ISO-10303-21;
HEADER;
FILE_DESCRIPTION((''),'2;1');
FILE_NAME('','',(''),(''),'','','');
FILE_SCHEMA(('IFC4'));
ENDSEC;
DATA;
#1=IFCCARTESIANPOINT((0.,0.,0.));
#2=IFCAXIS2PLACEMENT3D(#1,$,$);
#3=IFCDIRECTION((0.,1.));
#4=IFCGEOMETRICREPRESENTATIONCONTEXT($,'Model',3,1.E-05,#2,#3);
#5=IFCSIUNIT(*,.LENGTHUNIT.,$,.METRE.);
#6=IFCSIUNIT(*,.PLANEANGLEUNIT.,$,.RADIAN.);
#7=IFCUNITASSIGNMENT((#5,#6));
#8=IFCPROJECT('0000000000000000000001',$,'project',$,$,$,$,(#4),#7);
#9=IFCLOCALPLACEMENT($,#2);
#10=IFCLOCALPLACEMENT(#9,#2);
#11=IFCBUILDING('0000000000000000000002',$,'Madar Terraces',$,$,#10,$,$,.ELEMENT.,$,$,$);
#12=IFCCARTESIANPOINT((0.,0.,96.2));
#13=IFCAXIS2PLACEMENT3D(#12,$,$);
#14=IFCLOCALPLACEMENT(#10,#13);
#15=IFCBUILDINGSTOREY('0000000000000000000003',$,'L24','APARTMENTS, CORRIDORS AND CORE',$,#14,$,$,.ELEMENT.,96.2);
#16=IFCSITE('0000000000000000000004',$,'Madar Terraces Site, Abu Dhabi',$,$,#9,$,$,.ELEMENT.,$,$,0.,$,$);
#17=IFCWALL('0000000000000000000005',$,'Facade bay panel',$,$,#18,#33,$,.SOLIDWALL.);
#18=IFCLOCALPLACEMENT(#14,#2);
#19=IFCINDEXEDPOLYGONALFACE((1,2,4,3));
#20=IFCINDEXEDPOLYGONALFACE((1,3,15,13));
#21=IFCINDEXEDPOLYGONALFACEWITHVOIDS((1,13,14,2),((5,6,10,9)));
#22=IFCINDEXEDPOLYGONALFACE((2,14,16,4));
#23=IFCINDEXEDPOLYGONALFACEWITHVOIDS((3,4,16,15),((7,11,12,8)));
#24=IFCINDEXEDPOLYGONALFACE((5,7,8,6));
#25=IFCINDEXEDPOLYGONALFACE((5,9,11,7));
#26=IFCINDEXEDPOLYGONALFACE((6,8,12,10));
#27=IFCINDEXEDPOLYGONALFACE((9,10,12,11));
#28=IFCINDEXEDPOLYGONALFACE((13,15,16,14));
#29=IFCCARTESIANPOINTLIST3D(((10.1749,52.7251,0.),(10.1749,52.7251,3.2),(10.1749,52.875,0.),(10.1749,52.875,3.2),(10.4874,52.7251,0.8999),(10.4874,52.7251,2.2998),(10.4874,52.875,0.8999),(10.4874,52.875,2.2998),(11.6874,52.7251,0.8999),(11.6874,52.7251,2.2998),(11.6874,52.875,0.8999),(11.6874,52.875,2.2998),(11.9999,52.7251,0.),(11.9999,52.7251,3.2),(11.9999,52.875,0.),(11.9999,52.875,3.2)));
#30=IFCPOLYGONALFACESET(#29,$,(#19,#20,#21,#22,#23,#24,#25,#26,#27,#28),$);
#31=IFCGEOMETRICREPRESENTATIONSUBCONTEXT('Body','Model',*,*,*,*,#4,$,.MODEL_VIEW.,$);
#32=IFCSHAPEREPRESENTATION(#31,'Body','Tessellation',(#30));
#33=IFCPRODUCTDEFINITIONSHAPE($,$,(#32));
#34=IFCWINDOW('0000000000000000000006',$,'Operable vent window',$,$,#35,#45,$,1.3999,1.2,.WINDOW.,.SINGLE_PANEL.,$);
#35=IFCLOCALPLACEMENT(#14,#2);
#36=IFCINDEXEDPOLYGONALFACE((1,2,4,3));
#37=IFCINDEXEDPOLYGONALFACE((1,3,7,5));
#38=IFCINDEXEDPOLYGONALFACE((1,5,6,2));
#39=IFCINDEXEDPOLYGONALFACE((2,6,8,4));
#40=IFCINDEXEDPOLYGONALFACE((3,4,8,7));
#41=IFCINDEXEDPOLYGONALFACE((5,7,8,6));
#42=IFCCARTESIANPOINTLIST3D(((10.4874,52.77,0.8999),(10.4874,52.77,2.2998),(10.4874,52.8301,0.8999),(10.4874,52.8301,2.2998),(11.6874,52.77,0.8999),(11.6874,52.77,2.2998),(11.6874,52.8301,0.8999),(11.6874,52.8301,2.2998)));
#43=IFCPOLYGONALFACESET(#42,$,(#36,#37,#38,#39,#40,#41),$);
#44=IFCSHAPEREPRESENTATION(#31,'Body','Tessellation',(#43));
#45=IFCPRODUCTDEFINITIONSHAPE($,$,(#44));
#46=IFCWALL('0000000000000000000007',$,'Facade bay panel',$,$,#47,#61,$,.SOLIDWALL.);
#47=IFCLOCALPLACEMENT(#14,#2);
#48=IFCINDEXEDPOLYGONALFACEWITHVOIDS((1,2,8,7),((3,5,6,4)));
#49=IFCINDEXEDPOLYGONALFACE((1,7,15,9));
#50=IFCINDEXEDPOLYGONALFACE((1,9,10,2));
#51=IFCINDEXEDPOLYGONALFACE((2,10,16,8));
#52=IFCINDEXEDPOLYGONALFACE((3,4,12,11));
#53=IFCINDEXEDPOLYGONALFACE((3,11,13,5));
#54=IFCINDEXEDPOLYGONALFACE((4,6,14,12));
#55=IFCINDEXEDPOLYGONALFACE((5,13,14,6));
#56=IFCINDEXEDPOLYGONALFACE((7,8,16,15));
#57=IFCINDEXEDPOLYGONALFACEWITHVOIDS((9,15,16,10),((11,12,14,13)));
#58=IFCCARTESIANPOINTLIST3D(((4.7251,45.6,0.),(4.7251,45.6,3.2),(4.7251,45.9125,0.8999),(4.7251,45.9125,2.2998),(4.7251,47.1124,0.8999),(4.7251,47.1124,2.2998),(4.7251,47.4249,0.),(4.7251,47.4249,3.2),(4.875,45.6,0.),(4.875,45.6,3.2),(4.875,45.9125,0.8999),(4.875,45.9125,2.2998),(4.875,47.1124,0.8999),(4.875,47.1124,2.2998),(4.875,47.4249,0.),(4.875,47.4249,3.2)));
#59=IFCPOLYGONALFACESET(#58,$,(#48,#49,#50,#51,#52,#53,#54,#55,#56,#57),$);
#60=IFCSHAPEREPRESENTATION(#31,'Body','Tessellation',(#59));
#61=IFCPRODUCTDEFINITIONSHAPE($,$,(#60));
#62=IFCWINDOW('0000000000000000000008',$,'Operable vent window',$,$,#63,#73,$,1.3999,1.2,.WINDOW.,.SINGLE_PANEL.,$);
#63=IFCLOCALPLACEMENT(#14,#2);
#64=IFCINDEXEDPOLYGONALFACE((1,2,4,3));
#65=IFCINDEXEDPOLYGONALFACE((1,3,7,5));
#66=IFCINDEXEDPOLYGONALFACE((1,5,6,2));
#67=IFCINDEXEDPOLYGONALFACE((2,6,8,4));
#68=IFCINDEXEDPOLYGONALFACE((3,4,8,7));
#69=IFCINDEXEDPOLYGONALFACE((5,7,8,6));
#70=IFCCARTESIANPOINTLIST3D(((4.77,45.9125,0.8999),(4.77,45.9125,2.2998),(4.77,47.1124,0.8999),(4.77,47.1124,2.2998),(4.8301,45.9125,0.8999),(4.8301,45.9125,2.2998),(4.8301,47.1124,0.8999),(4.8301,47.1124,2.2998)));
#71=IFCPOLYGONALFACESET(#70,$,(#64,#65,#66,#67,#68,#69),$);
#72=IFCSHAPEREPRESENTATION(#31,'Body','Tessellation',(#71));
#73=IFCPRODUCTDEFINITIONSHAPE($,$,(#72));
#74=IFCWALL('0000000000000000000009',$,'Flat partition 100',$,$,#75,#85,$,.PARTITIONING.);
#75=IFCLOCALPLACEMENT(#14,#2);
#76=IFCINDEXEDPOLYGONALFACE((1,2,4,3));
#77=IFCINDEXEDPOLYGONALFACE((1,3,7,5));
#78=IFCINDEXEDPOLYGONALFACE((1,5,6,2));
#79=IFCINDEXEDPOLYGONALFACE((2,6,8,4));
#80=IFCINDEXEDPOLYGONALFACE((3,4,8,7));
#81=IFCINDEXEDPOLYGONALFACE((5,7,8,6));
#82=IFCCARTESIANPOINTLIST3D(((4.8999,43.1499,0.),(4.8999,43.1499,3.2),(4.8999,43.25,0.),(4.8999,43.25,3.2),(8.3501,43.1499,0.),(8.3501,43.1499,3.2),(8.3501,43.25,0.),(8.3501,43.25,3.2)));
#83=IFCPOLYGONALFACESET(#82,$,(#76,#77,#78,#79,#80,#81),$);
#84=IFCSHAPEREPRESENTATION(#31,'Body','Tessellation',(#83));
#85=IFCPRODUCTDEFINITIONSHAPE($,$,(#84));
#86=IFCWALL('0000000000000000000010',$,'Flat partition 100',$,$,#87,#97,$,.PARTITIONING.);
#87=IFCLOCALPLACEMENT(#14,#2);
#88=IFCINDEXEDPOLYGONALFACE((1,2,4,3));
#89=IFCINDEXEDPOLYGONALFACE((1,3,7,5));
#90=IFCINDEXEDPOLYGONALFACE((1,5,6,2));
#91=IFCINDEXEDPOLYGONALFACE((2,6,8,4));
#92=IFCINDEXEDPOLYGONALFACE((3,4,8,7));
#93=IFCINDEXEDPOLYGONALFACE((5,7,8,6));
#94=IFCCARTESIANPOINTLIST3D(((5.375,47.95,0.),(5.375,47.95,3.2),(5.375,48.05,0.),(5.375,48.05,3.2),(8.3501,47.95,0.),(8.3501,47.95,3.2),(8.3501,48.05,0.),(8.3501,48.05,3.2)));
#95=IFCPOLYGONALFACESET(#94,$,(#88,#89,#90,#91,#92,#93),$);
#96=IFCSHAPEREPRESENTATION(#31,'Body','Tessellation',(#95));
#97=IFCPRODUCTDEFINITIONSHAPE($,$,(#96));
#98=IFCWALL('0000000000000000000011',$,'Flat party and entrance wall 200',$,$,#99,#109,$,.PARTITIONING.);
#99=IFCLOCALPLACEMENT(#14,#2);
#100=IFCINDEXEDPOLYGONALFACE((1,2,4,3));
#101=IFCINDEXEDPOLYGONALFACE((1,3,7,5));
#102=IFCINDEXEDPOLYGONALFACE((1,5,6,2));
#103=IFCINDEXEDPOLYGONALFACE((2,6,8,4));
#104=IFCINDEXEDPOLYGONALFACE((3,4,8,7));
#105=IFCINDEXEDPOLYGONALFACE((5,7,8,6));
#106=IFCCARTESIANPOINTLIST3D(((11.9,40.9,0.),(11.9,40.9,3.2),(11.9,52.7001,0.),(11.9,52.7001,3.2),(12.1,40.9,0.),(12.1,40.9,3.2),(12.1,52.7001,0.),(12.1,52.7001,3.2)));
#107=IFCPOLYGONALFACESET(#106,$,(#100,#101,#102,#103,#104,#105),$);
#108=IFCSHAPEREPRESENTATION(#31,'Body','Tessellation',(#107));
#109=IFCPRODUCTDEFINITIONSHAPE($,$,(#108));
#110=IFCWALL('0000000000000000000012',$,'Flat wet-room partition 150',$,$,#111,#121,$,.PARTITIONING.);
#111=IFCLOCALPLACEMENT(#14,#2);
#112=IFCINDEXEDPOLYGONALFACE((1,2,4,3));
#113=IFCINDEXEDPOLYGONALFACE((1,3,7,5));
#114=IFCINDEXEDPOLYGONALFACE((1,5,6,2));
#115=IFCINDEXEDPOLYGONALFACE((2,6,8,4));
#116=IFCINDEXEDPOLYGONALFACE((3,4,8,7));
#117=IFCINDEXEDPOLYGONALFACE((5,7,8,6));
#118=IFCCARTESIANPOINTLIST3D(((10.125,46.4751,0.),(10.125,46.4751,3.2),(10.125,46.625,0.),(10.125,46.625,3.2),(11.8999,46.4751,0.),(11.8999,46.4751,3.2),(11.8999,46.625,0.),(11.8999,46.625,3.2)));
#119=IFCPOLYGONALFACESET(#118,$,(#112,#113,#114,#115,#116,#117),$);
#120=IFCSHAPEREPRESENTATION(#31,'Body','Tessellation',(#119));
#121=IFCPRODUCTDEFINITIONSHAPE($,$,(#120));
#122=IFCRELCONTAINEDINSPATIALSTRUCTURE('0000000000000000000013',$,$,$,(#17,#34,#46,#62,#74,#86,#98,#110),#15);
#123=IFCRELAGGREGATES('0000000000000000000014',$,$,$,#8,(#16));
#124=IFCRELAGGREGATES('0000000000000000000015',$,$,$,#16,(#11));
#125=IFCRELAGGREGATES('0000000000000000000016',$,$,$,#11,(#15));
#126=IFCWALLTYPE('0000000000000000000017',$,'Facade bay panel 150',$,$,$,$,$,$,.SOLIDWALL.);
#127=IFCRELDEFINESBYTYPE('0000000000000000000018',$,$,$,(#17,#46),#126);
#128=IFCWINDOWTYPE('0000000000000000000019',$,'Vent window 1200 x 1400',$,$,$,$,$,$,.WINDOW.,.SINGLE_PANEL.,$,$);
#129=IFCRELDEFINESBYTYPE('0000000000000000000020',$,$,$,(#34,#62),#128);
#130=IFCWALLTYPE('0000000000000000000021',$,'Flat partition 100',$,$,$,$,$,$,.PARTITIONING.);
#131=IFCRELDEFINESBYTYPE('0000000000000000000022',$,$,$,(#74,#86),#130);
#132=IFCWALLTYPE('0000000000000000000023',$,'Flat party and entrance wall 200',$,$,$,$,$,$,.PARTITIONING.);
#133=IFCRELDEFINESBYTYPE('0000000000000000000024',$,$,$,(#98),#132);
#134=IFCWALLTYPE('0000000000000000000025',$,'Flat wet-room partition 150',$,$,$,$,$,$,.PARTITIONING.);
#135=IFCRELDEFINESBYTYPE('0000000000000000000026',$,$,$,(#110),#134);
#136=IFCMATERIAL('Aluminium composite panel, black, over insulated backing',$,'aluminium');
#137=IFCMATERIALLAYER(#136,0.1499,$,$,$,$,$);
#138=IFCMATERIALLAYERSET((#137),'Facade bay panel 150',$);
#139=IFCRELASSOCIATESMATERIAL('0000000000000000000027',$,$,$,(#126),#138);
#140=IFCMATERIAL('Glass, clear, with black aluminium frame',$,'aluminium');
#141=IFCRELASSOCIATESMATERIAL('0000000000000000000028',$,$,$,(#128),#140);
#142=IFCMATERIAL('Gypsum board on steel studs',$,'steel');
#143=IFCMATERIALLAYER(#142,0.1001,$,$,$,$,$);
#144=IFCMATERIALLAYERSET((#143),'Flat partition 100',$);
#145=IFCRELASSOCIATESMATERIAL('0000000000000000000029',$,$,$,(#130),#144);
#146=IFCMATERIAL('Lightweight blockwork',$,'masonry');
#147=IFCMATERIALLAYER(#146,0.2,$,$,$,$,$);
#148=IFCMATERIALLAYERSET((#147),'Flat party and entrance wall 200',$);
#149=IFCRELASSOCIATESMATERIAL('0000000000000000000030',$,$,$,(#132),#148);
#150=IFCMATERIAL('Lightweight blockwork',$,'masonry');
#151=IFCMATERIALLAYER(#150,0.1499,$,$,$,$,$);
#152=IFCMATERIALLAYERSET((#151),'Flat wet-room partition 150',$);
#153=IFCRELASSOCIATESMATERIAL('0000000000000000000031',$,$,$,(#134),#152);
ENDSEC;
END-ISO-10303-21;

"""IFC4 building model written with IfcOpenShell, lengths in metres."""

from ifc_helpers import new_model, si_unit, direction, frame, frame_2d, origin, place, context, subcontext, project, spatial, rectangle, extrude, material, layer, layer_set, type_object, element, fill, save


model = new_model("IFC4")

# Units and contexts
model_context = context("Model", 3, precision=1e-05, world=origin(), true_north=direction((0.0, 1.0)))
body_context = subcontext(model_context, "Body", "Model", "MODEL_VIEW")
ifc_project = project(units=[si_unit("LENGTHUNIT", "METRE"), si_unit("PLANEANGLEUNIT", "RADIAN")], contexts=[model_context])

# Site, building, storey
site_placement = place(None, origin())
site = spatial("IfcSite", under=ifc_project, at=site_placement, Name="Madar Terraces Site, Abu Dhabi", CompositionType="ELEMENT", RefElevation=0.0)
building_placement = place(site_placement, origin())
building = spatial("IfcBuilding", under=site, at=building_placement, Name="Madar Terraces", CompositionType="ELEMENT")
storey_placement = place(building_placement, frame((0.0, 0.0, 96.2)))
storey = spatial("IfcBuildingStorey", under=building, at=storey_placement, Name="L24", Description="APARTMENTS, CORRIDORS AND CORE", CompositionType="ELEMENT", Elevation=96.2)

# Walls, openings, windows
ifc_material_1 = material(Name="Aluminium composite panel, black, over insulated backing", Category="aluminium")
ifc_layer_1 = layer(ifc_material_1, 0.1499)
ifc_layer_set_1 = layer_set([ifc_layer_1], Name="Facade bay panel 150")
wall_type_1 = type_object("IfcWallType", Name="Facade bay panel 150", PredefinedType="SOLIDWALL", material=ifc_layer_set_1)
wall_1_placement = place(storey_placement, frame((12.0, 52.8, 0.0), z_axis=(0.0, 0.0, 1.0), x_axis=(-1.0, 0.0, 0.0)))
wall_1 = element("IfcWall", 1, at=wall_1_placement, inside=storey, type_object=wall_type_1, Name="Facade bay panel", PredefinedType="SOLIDWALL", context=body_context, shape_type="SweptSolid", body=[
    extrude(rectangle(XDim=1.825, YDim=0.1499, at=frame_2d((0.9126, 0.0))), origin(), (0.0, 0.0, 1.0), 3.2),
])
opening_1_placement = place(wall_1_placement, frame((0.3125, 0.0, 0.8999)))
opening_1 = element("IfcOpeningElement", 2, at=opening_1_placement, cuts=wall_1, PredefinedType="OPENING", context=body_context, shape_type="SweptSolid", body=[
    extrude(rectangle(XDim=1.2, YDim=1.3999, at=frame_2d((0.6001, 0.7))), frame((0.0, 0.085, 0.0), z_axis=(0.0, -1.0, 0.0), x_axis=(1.0, 0.0, 0.0)), (0.0, 0.0, 1.0), 0.1699),
])
ifc_material_2 = material(Name="Glass, clear, with black aluminium frame", Category="aluminium")
window_type = type_object("IfcWindowType", Name="Vent window 1200 x 1400", PartitioningType="SINGLE_PANEL", PredefinedType="WINDOW", material=ifc_material_2)
window_1_placement = place(opening_1_placement, origin())
window_1 = element("IfcWindow", 3, at=window_1_placement, inside=storey, type_object=window_type, Name="Operable vent window", OverallHeight=1.3999, OverallWidth=1.2, PartitioningType="SINGLE_PANEL", PredefinedType="WINDOW", context=body_context, shape_type="SweptSolid", body=[
    extrude(rectangle(XDim=1.2, YDim=1.3999, at=frame_2d((0.6001, 0.7))), frame((0.0, 0.03, 0.0), z_axis=(0.0, -1.0, 0.0), x_axis=(1.0, 0.0, 0.0)), (0.0, 0.0, 1.0), 0.0601),
])
fill(opening_1, window_1)
wall_2_placement = place(storey_placement, frame((4.8, 47.425, 0.0), z_axis=(0.0, 0.0, 1.0), x_axis=(0.0, -1.0, 0.0)))
wall_2 = element("IfcWall", 4, at=wall_2_placement, inside=storey, type_object=wall_type_1, Name="Facade bay panel", PredefinedType="SOLIDWALL", context=body_context, shape_type="SweptSolid", body=[
    extrude(rectangle(XDim=1.825, YDim=0.1499, at=frame_2d((0.9126, 0.0))), origin(), (0.0, 0.0, 1.0), 3.2),
])
opening_2_placement = place(wall_2_placement, frame((0.3125, 0.0, 0.8999)))
opening_2 = element("IfcOpeningElement", 5, at=opening_2_placement, cuts=wall_2, PredefinedType="OPENING", context=body_context, shape_type="SweptSolid", body=[
    extrude(rectangle(XDim=1.2, YDim=1.3999, at=frame_2d((0.6001, 0.7))), frame((0.0, 0.085, 0.0), z_axis=(0.0, -1.0, 0.0), x_axis=(1.0, 0.0, 0.0)), (0.0, 0.0, 1.0), 0.1699),
])
window_2_placement = place(opening_2_placement, origin())
window_2 = element("IfcWindow", 6, at=window_2_placement, inside=storey, type_object=window_type, Name="Operable vent window", OverallHeight=1.3999, OverallWidth=1.2, PartitioningType="SINGLE_PANEL", PredefinedType="WINDOW", context=body_context, shape_type="SweptSolid", body=[
    extrude(rectangle(XDim=1.2, YDim=1.3999, at=frame_2d((0.6001, 0.7))), frame((0.0, 0.03, 0.0), z_axis=(0.0, -1.0, 0.0), x_axis=(1.0, 0.0, 0.0)), (0.0, 0.0, 1.0), 0.0601),
])
fill(opening_2, window_2)

# Walls
ifc_material_3 = material(Name="Gypsum board on steel studs", Category="steel")
ifc_layer_2 = layer(ifc_material_3, 0.1001)
ifc_layer_set_2 = layer_set([ifc_layer_2], Name="Flat partition 100")
wall_type_2 = type_object("IfcWallType", Name="Flat partition 100", PredefinedType="PARTITIONING", material=ifc_layer_set_2)
wall_3_placement = place(storey_placement, frame((8.3501, 43.2, 0.0), z_axis=(0.0, 0.0, 1.0), x_axis=(-1.0, 0.0, 0.0)))
element("IfcWall", 7, at=wall_3_placement, inside=storey, type_object=wall_type_2, Name="Flat partition 100", PredefinedType="PARTITIONING", context=body_context, shape_type="SweptSolid", body=[
    extrude(rectangle(XDim=3.4502, YDim=0.1001, at=frame_2d((1.7251, 0.0))), origin(), (0.0, 0.0, 1.0), 3.2),
])
wall_4_placement = place(storey_placement, frame((8.3501, 48.0, 0.0), z_axis=(0.0, 0.0, 1.0), x_axis=(-1.0, 0.0, 0.0)))
element("IfcWall", 8, at=wall_4_placement, inside=storey, type_object=wall_type_2, Name="Flat partition 100", PredefinedType="PARTITIONING", context=body_context, shape_type="SweptSolid", body=[
    extrude(rectangle(XDim=2.9751, YDim=0.1001, at=frame_2d((1.4875, 0.0))), origin(), (0.0, 0.0, 1.0), 3.2),
])
ifc_material_4 = material(Name="Lightweight blockwork", Category="masonry")
ifc_layer_3 = layer(ifc_material_4, 0.2)
ifc_layer_set_3 = layer_set([ifc_layer_3], Name="Flat party and entrance wall 200")
wall_type_3 = type_object("IfcWallType", Name="Flat party and entrance wall 200", PredefinedType="PARTITIONING", material=ifc_layer_set_3)
wall_5_placement = place(storey_placement, frame((12.0, 52.7, 0.0), z_axis=(0.0, 0.0, 1.0), x_axis=(0.0, -1.0, 0.0)))
element("IfcWall", 9, at=wall_5_placement, inside=storey, type_object=wall_type_3, Name="Flat party and entrance wall 200", PredefinedType="PARTITIONING", context=body_context, shape_type="SweptSolid", body=[
    extrude(rectangle(XDim=11.8, YDim=0.2, at=frame_2d((5.8999, 0.0))), origin(), (0.0, 0.0, 1.0), 3.2),
])
ifc_material_5 = material(Name="Lightweight blockwork", Category="masonry")
ifc_layer_4 = layer(ifc_material_5, 0.1499)
ifc_layer_set_4 = layer_set([ifc_layer_4], Name="Flat wet-room partition 150")
wall_type_4 = type_object("IfcWallType", Name="Flat wet-room partition 150", PredefinedType="PARTITIONING", material=ifc_layer_set_4)
wall_6_placement = place(storey_placement, frame((11.8999, 46.55, 0.0), z_axis=(0.0, 0.0, 1.0), x_axis=(-1.0, 0.0, 0.0)))
element("IfcWall", 10, at=wall_6_placement, inside=storey, type_object=wall_type_4, Name="Flat wet-room partition 150", PredefinedType="PARTITIONING", context=body_context, shape_type="SweptSolid", body=[
    extrude(rectangle(XDim=1.7749, YDim=0.1499, at=frame_2d((0.8875, 0.0))), origin(), (0.0, 0.0, 1.0), 3.2),
])

save(model, "model.ifc")
